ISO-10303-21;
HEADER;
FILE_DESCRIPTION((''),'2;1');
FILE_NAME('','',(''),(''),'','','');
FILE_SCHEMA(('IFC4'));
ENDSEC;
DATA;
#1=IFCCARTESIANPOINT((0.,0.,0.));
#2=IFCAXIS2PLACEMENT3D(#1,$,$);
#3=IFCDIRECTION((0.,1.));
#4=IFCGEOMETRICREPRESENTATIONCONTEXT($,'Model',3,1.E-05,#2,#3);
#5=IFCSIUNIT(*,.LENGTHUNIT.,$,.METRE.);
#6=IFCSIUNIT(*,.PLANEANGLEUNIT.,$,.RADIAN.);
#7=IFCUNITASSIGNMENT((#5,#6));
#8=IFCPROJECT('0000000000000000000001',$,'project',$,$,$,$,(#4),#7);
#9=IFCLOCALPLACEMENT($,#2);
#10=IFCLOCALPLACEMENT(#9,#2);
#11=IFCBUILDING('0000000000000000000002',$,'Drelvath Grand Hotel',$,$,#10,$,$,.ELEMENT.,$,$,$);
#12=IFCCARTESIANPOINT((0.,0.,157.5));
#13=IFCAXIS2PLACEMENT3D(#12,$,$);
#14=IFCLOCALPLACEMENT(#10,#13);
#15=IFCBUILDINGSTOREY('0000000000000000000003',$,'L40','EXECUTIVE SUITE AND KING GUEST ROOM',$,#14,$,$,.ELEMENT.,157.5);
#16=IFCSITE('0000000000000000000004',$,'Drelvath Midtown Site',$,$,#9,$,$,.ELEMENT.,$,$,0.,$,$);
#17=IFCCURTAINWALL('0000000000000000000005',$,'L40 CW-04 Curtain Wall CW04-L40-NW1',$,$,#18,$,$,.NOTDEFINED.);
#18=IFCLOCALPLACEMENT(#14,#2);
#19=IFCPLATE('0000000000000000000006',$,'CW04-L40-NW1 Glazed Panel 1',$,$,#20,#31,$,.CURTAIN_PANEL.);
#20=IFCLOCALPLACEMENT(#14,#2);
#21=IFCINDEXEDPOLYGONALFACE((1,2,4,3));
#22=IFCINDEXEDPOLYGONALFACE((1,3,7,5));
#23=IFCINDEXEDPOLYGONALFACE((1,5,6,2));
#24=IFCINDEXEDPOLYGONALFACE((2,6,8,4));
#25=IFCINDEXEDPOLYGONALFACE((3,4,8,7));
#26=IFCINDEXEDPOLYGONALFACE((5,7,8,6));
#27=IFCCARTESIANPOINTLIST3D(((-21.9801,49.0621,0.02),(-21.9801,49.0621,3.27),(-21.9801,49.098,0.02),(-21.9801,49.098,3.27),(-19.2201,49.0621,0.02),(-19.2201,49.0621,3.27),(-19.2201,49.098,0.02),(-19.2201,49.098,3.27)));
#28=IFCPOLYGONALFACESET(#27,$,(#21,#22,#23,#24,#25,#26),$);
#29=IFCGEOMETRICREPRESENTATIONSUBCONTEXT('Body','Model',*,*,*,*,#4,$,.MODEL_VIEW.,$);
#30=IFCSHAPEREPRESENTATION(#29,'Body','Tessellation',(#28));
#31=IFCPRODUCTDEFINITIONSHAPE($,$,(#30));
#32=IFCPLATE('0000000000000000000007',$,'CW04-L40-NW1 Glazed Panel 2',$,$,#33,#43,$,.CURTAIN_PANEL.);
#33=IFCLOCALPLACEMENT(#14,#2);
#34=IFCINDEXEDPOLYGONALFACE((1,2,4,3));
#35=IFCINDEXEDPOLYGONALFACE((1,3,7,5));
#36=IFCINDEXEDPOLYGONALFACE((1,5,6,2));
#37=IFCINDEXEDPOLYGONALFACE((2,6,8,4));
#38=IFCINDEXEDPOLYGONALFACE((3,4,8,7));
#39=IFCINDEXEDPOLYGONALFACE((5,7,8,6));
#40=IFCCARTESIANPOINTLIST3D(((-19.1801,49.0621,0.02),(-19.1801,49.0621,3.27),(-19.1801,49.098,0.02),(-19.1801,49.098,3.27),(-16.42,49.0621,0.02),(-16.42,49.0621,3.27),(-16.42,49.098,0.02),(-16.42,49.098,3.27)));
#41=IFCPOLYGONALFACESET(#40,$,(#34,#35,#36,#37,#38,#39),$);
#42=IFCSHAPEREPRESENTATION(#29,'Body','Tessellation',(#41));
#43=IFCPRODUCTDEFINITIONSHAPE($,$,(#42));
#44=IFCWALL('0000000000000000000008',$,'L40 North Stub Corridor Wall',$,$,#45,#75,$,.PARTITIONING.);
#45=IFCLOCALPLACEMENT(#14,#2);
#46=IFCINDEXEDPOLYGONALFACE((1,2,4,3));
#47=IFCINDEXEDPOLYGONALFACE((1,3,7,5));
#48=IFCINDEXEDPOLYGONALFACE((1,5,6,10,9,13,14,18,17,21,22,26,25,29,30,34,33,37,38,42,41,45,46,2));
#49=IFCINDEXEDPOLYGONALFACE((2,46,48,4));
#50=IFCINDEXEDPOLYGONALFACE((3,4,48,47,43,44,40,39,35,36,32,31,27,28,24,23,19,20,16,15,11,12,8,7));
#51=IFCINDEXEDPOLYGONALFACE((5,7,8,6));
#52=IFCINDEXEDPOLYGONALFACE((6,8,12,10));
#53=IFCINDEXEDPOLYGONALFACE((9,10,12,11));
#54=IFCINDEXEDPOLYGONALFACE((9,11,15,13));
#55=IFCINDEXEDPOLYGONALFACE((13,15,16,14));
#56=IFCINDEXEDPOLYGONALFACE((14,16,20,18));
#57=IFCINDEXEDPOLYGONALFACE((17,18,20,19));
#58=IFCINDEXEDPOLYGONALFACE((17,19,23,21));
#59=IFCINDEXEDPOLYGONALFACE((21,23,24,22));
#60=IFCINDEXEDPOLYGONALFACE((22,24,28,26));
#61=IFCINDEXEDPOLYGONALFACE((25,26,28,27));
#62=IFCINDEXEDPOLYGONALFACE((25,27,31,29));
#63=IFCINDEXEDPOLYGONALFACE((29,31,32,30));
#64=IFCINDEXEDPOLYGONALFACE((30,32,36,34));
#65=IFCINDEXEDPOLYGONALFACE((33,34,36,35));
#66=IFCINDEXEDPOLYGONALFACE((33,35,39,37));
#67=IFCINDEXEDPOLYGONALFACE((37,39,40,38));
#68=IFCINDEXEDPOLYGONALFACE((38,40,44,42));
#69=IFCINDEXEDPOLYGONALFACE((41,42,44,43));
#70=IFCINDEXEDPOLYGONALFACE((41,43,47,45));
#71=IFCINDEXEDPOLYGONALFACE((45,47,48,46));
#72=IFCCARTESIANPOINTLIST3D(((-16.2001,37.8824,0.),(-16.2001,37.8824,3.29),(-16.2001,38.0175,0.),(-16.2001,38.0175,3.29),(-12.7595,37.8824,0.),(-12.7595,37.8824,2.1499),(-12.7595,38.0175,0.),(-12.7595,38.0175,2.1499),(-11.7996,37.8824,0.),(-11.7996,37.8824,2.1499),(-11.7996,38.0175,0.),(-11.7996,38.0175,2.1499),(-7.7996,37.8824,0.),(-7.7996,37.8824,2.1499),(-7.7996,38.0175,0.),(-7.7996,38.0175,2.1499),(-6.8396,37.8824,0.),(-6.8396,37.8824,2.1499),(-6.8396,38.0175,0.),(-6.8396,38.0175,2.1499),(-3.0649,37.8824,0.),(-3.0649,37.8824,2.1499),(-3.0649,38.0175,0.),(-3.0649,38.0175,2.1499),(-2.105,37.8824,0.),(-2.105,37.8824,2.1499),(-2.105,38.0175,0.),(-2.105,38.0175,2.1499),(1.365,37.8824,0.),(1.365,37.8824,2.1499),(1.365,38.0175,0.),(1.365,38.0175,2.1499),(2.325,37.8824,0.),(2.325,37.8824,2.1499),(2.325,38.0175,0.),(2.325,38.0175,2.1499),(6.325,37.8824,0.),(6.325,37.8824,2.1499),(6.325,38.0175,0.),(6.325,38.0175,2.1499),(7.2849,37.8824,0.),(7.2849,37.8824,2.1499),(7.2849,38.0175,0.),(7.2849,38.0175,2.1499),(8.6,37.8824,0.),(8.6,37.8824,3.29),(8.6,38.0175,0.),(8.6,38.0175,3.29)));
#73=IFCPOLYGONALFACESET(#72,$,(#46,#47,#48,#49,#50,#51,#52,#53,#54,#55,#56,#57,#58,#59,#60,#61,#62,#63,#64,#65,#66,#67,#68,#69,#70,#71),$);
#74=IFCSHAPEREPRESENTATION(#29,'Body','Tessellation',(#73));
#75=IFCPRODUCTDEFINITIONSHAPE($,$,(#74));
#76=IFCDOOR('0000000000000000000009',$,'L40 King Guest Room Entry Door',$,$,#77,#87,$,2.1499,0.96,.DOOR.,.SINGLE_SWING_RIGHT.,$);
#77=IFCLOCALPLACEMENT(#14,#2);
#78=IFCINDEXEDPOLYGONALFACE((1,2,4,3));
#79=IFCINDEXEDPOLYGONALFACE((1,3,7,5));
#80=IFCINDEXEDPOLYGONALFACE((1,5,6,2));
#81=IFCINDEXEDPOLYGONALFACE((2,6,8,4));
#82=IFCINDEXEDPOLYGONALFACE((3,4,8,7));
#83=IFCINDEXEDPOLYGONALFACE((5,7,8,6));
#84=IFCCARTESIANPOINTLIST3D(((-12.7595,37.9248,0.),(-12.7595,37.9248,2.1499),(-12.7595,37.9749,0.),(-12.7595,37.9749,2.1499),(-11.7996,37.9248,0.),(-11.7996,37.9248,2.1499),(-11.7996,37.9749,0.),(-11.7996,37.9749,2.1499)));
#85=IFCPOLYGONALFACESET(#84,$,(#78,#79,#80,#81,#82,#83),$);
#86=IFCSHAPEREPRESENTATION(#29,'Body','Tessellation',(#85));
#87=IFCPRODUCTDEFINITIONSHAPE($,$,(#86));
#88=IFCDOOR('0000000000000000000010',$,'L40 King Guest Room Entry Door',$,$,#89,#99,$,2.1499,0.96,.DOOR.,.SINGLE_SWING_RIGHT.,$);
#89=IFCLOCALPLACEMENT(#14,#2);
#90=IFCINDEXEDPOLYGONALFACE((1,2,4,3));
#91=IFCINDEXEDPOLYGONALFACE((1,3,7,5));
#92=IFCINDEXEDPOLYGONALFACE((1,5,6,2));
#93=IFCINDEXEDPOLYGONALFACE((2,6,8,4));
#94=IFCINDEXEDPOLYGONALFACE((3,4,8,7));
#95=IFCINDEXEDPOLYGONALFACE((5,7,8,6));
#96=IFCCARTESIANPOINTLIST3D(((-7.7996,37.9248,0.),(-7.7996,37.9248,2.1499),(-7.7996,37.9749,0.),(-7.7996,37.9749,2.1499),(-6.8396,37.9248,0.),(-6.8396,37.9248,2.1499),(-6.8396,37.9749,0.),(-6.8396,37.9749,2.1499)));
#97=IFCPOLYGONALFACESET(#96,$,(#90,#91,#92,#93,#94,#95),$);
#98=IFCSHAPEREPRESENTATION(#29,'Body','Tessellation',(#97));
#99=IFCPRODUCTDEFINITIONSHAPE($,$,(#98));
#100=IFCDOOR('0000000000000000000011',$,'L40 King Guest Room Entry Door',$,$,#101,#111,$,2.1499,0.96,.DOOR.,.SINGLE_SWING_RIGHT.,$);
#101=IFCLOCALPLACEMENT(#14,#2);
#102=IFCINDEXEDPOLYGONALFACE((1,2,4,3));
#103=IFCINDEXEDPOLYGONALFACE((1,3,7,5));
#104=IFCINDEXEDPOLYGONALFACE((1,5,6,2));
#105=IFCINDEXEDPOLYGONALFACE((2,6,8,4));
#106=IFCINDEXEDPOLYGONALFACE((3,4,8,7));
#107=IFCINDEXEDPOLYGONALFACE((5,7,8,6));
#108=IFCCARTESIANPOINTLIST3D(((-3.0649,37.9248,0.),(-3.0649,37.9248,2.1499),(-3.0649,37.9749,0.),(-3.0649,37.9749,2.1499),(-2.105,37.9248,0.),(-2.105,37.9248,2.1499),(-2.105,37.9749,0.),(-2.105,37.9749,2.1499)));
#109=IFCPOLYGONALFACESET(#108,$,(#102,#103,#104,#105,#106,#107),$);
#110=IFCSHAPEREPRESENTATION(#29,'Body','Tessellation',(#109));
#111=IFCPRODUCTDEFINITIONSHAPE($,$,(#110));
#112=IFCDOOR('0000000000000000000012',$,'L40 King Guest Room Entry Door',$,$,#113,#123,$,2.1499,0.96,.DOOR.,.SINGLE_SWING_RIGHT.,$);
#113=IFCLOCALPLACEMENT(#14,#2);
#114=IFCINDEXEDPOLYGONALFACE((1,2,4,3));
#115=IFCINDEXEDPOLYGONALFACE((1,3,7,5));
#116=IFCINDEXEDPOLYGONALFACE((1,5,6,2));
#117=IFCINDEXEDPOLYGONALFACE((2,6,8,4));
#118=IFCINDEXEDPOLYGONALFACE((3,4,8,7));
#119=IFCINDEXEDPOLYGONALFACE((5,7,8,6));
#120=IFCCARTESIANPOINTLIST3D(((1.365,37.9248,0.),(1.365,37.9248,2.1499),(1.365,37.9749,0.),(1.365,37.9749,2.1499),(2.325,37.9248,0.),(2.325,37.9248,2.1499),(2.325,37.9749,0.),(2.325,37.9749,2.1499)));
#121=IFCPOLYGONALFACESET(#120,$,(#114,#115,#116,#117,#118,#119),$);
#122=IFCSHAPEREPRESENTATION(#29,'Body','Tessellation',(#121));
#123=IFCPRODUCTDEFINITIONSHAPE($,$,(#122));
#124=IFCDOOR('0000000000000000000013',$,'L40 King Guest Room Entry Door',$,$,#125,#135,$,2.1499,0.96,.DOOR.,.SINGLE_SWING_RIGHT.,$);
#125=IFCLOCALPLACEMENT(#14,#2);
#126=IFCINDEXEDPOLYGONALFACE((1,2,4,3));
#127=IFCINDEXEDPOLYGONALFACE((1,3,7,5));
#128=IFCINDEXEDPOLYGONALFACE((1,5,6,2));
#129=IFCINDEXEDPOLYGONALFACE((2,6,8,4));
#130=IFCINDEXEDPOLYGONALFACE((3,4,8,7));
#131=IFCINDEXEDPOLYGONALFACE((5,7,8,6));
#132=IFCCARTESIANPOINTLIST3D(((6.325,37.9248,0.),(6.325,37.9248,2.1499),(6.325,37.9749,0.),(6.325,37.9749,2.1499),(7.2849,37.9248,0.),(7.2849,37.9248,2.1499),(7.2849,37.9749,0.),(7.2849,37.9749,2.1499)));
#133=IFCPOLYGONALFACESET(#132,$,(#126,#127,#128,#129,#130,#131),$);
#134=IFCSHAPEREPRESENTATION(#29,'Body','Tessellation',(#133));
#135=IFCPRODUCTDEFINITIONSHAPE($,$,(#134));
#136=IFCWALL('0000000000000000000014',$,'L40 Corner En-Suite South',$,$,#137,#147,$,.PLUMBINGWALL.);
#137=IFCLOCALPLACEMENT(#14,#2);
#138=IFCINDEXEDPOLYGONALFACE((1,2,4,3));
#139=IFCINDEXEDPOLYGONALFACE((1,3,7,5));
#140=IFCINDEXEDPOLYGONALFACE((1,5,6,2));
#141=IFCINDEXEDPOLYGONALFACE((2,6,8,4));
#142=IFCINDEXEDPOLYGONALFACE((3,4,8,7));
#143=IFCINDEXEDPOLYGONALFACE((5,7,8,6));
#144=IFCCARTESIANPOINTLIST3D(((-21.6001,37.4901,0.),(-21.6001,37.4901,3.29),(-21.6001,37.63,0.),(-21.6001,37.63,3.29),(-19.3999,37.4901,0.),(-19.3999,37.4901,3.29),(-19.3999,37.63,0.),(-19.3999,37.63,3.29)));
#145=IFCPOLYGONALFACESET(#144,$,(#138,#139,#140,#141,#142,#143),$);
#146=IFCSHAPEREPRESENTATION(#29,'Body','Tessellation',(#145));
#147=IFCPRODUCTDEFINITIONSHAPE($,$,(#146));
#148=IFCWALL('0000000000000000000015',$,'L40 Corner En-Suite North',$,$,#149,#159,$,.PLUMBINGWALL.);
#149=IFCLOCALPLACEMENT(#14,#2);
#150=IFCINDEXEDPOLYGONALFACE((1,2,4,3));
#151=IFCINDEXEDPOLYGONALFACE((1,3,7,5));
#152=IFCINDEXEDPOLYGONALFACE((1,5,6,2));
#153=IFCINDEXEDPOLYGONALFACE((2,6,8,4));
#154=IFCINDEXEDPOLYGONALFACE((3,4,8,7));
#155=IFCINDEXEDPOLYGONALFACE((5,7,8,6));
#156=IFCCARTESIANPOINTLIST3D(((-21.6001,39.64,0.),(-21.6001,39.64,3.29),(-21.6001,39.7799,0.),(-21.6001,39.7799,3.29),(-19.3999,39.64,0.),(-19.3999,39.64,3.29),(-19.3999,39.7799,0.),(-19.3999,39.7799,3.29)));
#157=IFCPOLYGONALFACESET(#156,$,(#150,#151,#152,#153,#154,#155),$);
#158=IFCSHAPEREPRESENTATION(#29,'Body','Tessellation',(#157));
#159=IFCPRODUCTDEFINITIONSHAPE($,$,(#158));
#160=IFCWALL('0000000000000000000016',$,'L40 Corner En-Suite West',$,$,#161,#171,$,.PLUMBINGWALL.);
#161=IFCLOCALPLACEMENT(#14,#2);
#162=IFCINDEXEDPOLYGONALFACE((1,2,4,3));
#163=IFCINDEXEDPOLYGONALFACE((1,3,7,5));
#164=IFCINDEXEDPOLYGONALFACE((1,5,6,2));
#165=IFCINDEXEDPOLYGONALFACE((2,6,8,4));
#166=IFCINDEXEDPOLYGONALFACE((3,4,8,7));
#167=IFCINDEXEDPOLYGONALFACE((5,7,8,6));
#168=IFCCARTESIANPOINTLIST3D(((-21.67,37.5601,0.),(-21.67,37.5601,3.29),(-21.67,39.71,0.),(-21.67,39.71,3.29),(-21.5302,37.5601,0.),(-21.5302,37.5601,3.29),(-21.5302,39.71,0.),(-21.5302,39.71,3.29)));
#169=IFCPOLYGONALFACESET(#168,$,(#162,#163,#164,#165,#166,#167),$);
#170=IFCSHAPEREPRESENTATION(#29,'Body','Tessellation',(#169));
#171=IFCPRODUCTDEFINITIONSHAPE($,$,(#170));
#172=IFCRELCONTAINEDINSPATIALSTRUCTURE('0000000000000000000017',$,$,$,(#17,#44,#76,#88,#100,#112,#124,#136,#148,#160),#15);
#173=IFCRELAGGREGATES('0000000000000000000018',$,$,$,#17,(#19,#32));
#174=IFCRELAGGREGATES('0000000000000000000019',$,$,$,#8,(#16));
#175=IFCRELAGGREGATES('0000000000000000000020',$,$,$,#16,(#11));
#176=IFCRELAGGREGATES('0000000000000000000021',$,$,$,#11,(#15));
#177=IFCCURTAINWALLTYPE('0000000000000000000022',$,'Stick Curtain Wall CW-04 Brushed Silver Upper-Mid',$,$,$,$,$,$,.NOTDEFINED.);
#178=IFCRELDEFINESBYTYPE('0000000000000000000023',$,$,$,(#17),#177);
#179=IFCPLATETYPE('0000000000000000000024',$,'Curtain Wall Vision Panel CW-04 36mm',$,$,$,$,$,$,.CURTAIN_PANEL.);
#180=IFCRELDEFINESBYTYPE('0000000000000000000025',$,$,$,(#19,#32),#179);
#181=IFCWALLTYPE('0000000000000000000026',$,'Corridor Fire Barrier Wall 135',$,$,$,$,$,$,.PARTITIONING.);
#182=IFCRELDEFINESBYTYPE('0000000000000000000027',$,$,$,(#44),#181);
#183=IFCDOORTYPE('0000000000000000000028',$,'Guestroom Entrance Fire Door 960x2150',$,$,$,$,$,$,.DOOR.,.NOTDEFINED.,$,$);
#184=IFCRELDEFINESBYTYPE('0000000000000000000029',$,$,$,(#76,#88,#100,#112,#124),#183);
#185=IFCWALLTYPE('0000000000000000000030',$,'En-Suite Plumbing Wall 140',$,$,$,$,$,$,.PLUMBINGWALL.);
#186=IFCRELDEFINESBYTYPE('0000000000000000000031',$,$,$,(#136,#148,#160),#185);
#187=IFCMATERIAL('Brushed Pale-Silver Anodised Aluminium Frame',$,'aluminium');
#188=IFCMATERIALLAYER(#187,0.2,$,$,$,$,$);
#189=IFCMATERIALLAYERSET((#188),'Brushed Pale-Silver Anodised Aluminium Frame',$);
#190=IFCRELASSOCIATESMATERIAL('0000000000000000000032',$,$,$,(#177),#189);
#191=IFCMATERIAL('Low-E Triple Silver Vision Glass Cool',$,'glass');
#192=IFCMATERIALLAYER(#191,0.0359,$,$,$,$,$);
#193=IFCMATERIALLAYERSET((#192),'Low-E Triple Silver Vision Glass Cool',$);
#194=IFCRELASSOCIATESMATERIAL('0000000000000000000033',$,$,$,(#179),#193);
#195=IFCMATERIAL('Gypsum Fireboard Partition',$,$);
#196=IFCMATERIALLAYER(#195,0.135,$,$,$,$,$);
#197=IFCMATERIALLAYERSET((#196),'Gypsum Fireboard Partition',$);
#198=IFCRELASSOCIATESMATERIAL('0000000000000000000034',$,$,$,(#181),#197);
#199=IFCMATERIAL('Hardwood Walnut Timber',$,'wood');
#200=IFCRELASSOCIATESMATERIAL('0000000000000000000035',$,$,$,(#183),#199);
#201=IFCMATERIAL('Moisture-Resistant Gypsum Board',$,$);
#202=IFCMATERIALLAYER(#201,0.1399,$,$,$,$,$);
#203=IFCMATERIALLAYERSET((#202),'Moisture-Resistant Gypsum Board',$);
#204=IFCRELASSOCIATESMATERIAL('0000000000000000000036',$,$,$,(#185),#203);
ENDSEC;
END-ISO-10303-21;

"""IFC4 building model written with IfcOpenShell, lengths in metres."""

from ifc_helpers import new_model, si_unit, direction, frame, frame_2d, origin, origin_2d, place, context, subcontext, project, spatial, rectangle, extrude, material, layer, layer_set, type_object, element, fill, aggregate, save


model = new_model("IFC4")

# Units and contexts
model_context = context("Model", 3, precision=1e-05, world=origin(), true_north=direction((0.0, 1.0)))
body_context = subcontext(model_context, "Body", "Model", "MODEL_VIEW")
ifc_project = project(units=[si_unit("LENGTHUNIT", "METRE"), si_unit("PLANEANGLEUNIT", "RADIAN")], contexts=[model_context])

# Site, building, storey
site_placement = place(None, origin())
site = spatial("IfcSite", under=ifc_project, at=site_placement, Name="Drelvath Midtown Site", CompositionType="ELEMENT", RefElevation=0.0)
building_placement = place(site_placement, origin())
building = spatial("IfcBuilding", under=site, at=building_placement, Name="Drelvath Grand Hotel", CompositionType="ELEMENT")
storey_placement = place(building_placement, frame((0.0, 0.0, 157.5)))
storey = spatial("IfcBuildingStorey", under=building, at=storey_placement, Name="L40", Description="EXECUTIVE SUITE AND KING GUEST ROOM", CompositionType="ELEMENT", Elevation=157.5)

# Curtain wall
ifc_material_1 = material(Name="Brushed Pale-Silver Anodised Aluminium Frame", Category="aluminium")
ifc_layer_1 = layer(ifc_material_1, 0.2)
ifc_layer_set_1 = layer_set([ifc_layer_1], Name="Brushed Pale-Silver Anodised Aluminium Frame")
curtain_wall_type = type_object("IfcCurtainWallType", Name="Stick Curtain Wall CW-04 Brushed Silver Upper-Mid", PredefinedType="NOTDEFINED", material=ifc_layer_set_1)
curtain_wall_1_placement = place(storey_placement, origin())
curtain_wall_1 = element("IfcCurtainWall", 1, at=curtain_wall_1_placement, inside=storey, type_object=curtain_wall_type, Name="L40 CW-04 Curtain Wall CW04-L40-NW1", PredefinedType="NOTDEFINED")

# Plates
ifc_material_2 = material(Name="Low-E Triple Silver Vision Glass Cool", Category="glass")
ifc_layer_2 = layer(ifc_material_2, 0.0359)
ifc_layer_set_2 = layer_set([ifc_layer_2], Name="Low-E Triple Silver Vision Glass Cool")
plate_type = type_object("IfcPlateType", Name="Curtain Wall Vision Panel CW-04 36mm", PredefinedType="CURTAIN_PANEL", material=ifc_layer_set_2)
plate_1_placement = place(storey_placement, frame((-20.6001, 49.0801, 0.02), z_axis=(0.0, 0.0, 1.0), x_axis=(1.0, 0.0, 0.0)))
plate_1 = element("IfcPlate", 2, at=plate_1_placement, type_object=plate_type, Name="CW04-L40-NW1 Glazed Panel 1", PredefinedType="CURTAIN_PANEL", context=body_context, shape_type="SweptSolid", body=[
    extrude(rectangle(XDim=2.76, YDim=0.0359, at=origin_2d()), origin(), (0.0, 0.0, 1.0), 3.25),
])
plate_2_placement = place(storey_placement, frame((-17.8, 49.0801, 0.02), z_axis=(0.0, 0.0, 1.0), x_axis=(1.0, 0.0, 0.0)))
plate_2 = element("IfcPlate", 3, at=plate_2_placement, type_object=plate_type, Name="CW04-L40-NW1 Glazed Panel 2", PredefinedType="CURTAIN_PANEL", context=body_context, shape_type="SweptSolid", body=[
    extrude(rectangle(XDim=2.76, YDim=0.0359, at=origin_2d()), origin(), (0.0, 0.0, 1.0), 3.25),
])
aggregate(curtain_wall_1, [plate_1, plate_2])

# Wall, openings, doors
ifc_material_3 = material(Name="Gypsum Fireboard Partition")
ifc_layer_3 = layer(ifc_material_3, 0.135)
ifc_layer_set_3 = layer_set([ifc_layer_3], Name="Gypsum Fireboard Partition")
wall_type_1 = type_object("IfcWallType", Name="Corridor Fire Barrier Wall 135", PredefinedType="PARTITIONING", material=ifc_layer_set_3)
wall_1_placement = place(storey_placement, frame((-16.2, 37.95, 0.0), z_axis=(0.0, 0.0, 1.0), x_axis=(1.0, 0.0, 0.0)))
wall_1 = element("IfcWall", 4, at=wall_1_placement, inside=storey, type_object=wall_type_1, Name="L40 North Stub Corridor Wall", PredefinedType="PARTITIONING", context=body_context, shape_type="SweptSolid", body=[
    extrude(rectangle(XDim=24.8, YDim=0.135, at=frame_2d((12.3999, 0.0))), origin(), (0.0, 0.0, 1.0), 3.29),
])
opening_1_placement = place(wall_1_placement, frame((3.4404, 0.0, 0.0)))
opening_1 = element("IfcOpeningElement", 5, at=opening_1_placement, cuts=wall_1, PredefinedType="OPENING", context=body_context, shape_type="SweptSolid", body=[
    extrude(rectangle(XDim=0.96, YDim=2.1499, at=frame_2d((0.48, 1.075))), frame((0.0, 0.0774, 0.0), z_axis=(0.0, -1.0, 0.0), x_axis=(1.0, 0.0, 0.0)), (0.0, 0.0, 1.0), 0.155),
])
opening_2_placement = place(wall_1_placement, frame((8.4004, 0.0, 0.0)))
opening_2 = element("IfcOpeningElement", 6, at=opening_2_placement, cuts=wall_1, PredefinedType="OPENING", context=body_context, shape_type="SweptSolid", body=[
    extrude(rectangle(XDim=0.96, YDim=2.1499, at=frame_2d((0.48, 1.075))), frame((0.0, 0.0774, 0.0), z_axis=(0.0, -1.0, 0.0), x_axis=(1.0, 0.0, 0.0)), (0.0, 0.0, 1.0), 0.155),
])
opening_3_placement = place(wall_1_placement, frame((13.135, 0.0, 0.0)))
opening_3 = element("IfcOpeningElement", 7, at=opening_3_placement, cuts=wall_1, PredefinedType="OPENING", context=body_context, shape_type="SweptSolid", body=[
    extrude(rectangle(XDim=0.96, YDim=2.1499, at=frame_2d((0.48, 1.075))), frame((0.0, 0.0774, 0.0), z_axis=(0.0, -1.0, 0.0), x_axis=(1.0, 0.0, 0.0)), (0.0, 0.0, 1.0), 0.155),
])
opening_4_placement = place(wall_1_placement, frame((17.5649, 0.0, 0.0)))
opening_4 = element("IfcOpeningElement", 8, at=opening_4_placement, cuts=wall_1, PredefinedType="OPENING", context=body_context, shape_type="SweptSolid", body=[
    extrude(rectangle(XDim=0.96, YDim=2.1499, at=frame_2d((0.48, 1.075))), frame((0.0, 0.0774, 0.0), z_axis=(0.0, -1.0, 0.0), x_axis=(1.0, 0.0, 0.0)), (0.0, 0.0, 1.0), 0.155),
])
opening_5_placement = place(wall_1_placement, frame((22.5249, 0.0, 0.0)))
opening_5 = element("IfcOpeningElement", 9, at=opening_5_placement, cuts=wall_1, PredefinedType="OPENING", context=body_context, shape_type="SweptSolid", body=[
    extrude(rectangle(XDim=0.96, YDim=2.1499, at=frame_2d((0.48, 1.075))), frame((0.0, 0.0774, 0.0), z_axis=(0.0, -1.0, 0.0), x_axis=(1.0, 0.0, 0.0)), (0.0, 0.0, 1.0), 0.155),
])
ifc_material_4 = material(Name="Hardwood Walnut Timber", Category="wood")
door_type_1 = type_object("IfcDoorType", Name="Guestroom Entrance Fire Door 960x2150", OperationType="NOTDEFINED", PredefinedType="DOOR", material=ifc_material_4)
door_1_placement = place(opening_1_placement, origin())
door_1 = element("IfcDoor", 10, at=door_1_placement, inside=storey, type_object=door_type_1, Name="L40 King Guest Room Entry Door", OperationType="SINGLE_SWING_RIGHT", OverallHeight=2.1499, OverallWidth=0.96, PredefinedType="DOOR", context=body_context, shape_type="SweptSolid", body=[
    extrude(rectangle(XDim=0.96, YDim=2.1499, at=frame_2d((0.48, 1.075))), frame((0.0, 0.0249, 0.0), z_axis=(0.0, -1.0, 0.0), x_axis=(1.0, 0.0, 0.0)), (0.0, 0.0, 1.0), 0.05),
])
fill(opening_1, door_1)
door_2_placement = place(opening_2_placement, origin())
door_2 = element("IfcDoor", 11, at=door_2_placement, inside=storey, type_object=door_type_1, Name="L40 King Guest Room Entry Door", OperationType="SINGLE_SWING_RIGHT", OverallHeight=2.1499, OverallWidth=0.96, PredefinedType="DOOR", context=body_context, shape_type="SweptSolid", body=[
    extrude(rectangle(XDim=0.96, YDim=2.1499, at=frame_2d((0.48, 1.075))), frame((0.0, 0.0249, 0.0), z_axis=(0.0, -1.0, 0.0), x_axis=(1.0, 0.0, 0.0)), (0.0, 0.0, 1.0), 0.05),
])
fill(opening_2, door_2)
door_3_placement = place(opening_3_placement, origin())
door_3 = element("IfcDoor", 12, at=door_3_placement, inside=storey, type_object=door_type_1, Name="L40 King Guest Room Entry Door", OperationType="SINGLE_SWING_RIGHT", OverallHeight=2.1499, OverallWidth=0.96, PredefinedType="DOOR", context=body_context, shape_type="SweptSolid", body=[
    extrude(rectangle(XDim=0.96, YDim=2.1499, at=frame_2d((0.48, 1.075))), frame((0.0, 0.0249, 0.0), z_axis=(0.0, -1.0, 0.0), x_axis=(1.0, 0.0, 0.0)), (0.0, 0.0, 1.0), 0.05),
])
fill(opening_3, door_3)
door_4_placement = place(opening_4_placement, origin())
door_4 = element("IfcDoor", 13, at=door_4_placement, inside=storey, type_object=door_type_1, Name="L40 King Guest Room Entry Door", OperationType="SINGLE_SWING_RIGHT", OverallHeight=2.1499, OverallWidth=0.96, PredefinedType="DOOR", context=body_context, shape_type="SweptSolid", body=[
    extrude(rectangle(XDim=0.96, YDim=2.1499, at=frame_2d((0.48, 1.075))), frame((0.0, 0.0249, 0.0), z_axis=(0.0, -1.0, 0.0), x_axis=(1.0, 0.0, 0.0)), (0.0, 0.0, 1.0), 0.05),
])
fill(opening_4, door_4)
door_5_placement = place(opening_5_placement, origin())
door_5 = element("IfcDoor", 14, at=door_5_placement, inside=storey, type_object=door_type_1, Name="L40 King Guest Room Entry Door", OperationType="SINGLE_SWING_RIGHT", OverallHeight=2.1499, OverallWidth=0.96, PredefinedType="DOOR", context=body_context, shape_type="SweptSolid", body=[
    extrude(rectangle(XDim=0.96, YDim=2.1499, at=frame_2d((0.48, 1.075))), frame((0.0, 0.0249, 0.0), z_axis=(0.0, -1.0, 0.0), x_axis=(1.0, 0.0, 0.0)), (0.0, 0.0, 1.0), 0.05),
])
fill(opening_5, door_5)

# Walls
ifc_material_5 = material(Name="Moisture-Resistant Gypsum Board")
ifc_layer_4 = layer(ifc_material_5, 0.1399)
ifc_layer_set_4 = layer_set([ifc_layer_4], Name="Moisture-Resistant Gypsum Board")
wall_type_2 = type_object("IfcWallType", Name="En-Suite Plumbing Wall 140", PredefinedType="PLUMBINGWALL", material=ifc_layer_set_4)
for number, where, z_axis, x_axis, name in (
    (15, (-21.6001, 37.5601, 0.0), (0.0, 0.0, 1.0), (1.0, 0.0, 0.0), "L40 Corner En-Suite South"),
    (16, (-21.6001, 39.71, 0.0), (0.0, 0.0, 1.0), (1.0, 0.0, 0.0), "L40 Corner En-Suite North"),
):
    element("IfcWall", number, at=place(storey_placement, frame(where, z_axis=z_axis, x_axis=x_axis)), inside=storey, type_object=wall_type_2, Name=name, PredefinedType="PLUMBINGWALL", context=body_context, shape_type="SweptSolid", body=[
        extrude(rectangle(XDim=2.2002, YDim=0.1399, at=frame_2d((1.1001, 0.0))), origin(), (0.0, 0.0, 1.0), 3.29),
    ])
wall_2_placement = place(storey_placement, frame((-21.6001, 37.5601, 0.0), z_axis=(0.0, 0.0, 1.0), x_axis=(0.0, 1.0, 0.0)))
element("IfcWall", 17, at=wall_2_placement, inside=storey, type_object=wall_type_2, Name="L40 Corner En-Suite West", PredefinedType="PLUMBINGWALL", context=body_context, shape_type="SweptSolid", body=[
    extrude(rectangle(XDim=2.1499, YDim=0.1399, at=frame_2d((1.075, 0.0))), origin(), (0.0, 0.0, 1.0), 3.29),
])

save(model, "model.ifc")
